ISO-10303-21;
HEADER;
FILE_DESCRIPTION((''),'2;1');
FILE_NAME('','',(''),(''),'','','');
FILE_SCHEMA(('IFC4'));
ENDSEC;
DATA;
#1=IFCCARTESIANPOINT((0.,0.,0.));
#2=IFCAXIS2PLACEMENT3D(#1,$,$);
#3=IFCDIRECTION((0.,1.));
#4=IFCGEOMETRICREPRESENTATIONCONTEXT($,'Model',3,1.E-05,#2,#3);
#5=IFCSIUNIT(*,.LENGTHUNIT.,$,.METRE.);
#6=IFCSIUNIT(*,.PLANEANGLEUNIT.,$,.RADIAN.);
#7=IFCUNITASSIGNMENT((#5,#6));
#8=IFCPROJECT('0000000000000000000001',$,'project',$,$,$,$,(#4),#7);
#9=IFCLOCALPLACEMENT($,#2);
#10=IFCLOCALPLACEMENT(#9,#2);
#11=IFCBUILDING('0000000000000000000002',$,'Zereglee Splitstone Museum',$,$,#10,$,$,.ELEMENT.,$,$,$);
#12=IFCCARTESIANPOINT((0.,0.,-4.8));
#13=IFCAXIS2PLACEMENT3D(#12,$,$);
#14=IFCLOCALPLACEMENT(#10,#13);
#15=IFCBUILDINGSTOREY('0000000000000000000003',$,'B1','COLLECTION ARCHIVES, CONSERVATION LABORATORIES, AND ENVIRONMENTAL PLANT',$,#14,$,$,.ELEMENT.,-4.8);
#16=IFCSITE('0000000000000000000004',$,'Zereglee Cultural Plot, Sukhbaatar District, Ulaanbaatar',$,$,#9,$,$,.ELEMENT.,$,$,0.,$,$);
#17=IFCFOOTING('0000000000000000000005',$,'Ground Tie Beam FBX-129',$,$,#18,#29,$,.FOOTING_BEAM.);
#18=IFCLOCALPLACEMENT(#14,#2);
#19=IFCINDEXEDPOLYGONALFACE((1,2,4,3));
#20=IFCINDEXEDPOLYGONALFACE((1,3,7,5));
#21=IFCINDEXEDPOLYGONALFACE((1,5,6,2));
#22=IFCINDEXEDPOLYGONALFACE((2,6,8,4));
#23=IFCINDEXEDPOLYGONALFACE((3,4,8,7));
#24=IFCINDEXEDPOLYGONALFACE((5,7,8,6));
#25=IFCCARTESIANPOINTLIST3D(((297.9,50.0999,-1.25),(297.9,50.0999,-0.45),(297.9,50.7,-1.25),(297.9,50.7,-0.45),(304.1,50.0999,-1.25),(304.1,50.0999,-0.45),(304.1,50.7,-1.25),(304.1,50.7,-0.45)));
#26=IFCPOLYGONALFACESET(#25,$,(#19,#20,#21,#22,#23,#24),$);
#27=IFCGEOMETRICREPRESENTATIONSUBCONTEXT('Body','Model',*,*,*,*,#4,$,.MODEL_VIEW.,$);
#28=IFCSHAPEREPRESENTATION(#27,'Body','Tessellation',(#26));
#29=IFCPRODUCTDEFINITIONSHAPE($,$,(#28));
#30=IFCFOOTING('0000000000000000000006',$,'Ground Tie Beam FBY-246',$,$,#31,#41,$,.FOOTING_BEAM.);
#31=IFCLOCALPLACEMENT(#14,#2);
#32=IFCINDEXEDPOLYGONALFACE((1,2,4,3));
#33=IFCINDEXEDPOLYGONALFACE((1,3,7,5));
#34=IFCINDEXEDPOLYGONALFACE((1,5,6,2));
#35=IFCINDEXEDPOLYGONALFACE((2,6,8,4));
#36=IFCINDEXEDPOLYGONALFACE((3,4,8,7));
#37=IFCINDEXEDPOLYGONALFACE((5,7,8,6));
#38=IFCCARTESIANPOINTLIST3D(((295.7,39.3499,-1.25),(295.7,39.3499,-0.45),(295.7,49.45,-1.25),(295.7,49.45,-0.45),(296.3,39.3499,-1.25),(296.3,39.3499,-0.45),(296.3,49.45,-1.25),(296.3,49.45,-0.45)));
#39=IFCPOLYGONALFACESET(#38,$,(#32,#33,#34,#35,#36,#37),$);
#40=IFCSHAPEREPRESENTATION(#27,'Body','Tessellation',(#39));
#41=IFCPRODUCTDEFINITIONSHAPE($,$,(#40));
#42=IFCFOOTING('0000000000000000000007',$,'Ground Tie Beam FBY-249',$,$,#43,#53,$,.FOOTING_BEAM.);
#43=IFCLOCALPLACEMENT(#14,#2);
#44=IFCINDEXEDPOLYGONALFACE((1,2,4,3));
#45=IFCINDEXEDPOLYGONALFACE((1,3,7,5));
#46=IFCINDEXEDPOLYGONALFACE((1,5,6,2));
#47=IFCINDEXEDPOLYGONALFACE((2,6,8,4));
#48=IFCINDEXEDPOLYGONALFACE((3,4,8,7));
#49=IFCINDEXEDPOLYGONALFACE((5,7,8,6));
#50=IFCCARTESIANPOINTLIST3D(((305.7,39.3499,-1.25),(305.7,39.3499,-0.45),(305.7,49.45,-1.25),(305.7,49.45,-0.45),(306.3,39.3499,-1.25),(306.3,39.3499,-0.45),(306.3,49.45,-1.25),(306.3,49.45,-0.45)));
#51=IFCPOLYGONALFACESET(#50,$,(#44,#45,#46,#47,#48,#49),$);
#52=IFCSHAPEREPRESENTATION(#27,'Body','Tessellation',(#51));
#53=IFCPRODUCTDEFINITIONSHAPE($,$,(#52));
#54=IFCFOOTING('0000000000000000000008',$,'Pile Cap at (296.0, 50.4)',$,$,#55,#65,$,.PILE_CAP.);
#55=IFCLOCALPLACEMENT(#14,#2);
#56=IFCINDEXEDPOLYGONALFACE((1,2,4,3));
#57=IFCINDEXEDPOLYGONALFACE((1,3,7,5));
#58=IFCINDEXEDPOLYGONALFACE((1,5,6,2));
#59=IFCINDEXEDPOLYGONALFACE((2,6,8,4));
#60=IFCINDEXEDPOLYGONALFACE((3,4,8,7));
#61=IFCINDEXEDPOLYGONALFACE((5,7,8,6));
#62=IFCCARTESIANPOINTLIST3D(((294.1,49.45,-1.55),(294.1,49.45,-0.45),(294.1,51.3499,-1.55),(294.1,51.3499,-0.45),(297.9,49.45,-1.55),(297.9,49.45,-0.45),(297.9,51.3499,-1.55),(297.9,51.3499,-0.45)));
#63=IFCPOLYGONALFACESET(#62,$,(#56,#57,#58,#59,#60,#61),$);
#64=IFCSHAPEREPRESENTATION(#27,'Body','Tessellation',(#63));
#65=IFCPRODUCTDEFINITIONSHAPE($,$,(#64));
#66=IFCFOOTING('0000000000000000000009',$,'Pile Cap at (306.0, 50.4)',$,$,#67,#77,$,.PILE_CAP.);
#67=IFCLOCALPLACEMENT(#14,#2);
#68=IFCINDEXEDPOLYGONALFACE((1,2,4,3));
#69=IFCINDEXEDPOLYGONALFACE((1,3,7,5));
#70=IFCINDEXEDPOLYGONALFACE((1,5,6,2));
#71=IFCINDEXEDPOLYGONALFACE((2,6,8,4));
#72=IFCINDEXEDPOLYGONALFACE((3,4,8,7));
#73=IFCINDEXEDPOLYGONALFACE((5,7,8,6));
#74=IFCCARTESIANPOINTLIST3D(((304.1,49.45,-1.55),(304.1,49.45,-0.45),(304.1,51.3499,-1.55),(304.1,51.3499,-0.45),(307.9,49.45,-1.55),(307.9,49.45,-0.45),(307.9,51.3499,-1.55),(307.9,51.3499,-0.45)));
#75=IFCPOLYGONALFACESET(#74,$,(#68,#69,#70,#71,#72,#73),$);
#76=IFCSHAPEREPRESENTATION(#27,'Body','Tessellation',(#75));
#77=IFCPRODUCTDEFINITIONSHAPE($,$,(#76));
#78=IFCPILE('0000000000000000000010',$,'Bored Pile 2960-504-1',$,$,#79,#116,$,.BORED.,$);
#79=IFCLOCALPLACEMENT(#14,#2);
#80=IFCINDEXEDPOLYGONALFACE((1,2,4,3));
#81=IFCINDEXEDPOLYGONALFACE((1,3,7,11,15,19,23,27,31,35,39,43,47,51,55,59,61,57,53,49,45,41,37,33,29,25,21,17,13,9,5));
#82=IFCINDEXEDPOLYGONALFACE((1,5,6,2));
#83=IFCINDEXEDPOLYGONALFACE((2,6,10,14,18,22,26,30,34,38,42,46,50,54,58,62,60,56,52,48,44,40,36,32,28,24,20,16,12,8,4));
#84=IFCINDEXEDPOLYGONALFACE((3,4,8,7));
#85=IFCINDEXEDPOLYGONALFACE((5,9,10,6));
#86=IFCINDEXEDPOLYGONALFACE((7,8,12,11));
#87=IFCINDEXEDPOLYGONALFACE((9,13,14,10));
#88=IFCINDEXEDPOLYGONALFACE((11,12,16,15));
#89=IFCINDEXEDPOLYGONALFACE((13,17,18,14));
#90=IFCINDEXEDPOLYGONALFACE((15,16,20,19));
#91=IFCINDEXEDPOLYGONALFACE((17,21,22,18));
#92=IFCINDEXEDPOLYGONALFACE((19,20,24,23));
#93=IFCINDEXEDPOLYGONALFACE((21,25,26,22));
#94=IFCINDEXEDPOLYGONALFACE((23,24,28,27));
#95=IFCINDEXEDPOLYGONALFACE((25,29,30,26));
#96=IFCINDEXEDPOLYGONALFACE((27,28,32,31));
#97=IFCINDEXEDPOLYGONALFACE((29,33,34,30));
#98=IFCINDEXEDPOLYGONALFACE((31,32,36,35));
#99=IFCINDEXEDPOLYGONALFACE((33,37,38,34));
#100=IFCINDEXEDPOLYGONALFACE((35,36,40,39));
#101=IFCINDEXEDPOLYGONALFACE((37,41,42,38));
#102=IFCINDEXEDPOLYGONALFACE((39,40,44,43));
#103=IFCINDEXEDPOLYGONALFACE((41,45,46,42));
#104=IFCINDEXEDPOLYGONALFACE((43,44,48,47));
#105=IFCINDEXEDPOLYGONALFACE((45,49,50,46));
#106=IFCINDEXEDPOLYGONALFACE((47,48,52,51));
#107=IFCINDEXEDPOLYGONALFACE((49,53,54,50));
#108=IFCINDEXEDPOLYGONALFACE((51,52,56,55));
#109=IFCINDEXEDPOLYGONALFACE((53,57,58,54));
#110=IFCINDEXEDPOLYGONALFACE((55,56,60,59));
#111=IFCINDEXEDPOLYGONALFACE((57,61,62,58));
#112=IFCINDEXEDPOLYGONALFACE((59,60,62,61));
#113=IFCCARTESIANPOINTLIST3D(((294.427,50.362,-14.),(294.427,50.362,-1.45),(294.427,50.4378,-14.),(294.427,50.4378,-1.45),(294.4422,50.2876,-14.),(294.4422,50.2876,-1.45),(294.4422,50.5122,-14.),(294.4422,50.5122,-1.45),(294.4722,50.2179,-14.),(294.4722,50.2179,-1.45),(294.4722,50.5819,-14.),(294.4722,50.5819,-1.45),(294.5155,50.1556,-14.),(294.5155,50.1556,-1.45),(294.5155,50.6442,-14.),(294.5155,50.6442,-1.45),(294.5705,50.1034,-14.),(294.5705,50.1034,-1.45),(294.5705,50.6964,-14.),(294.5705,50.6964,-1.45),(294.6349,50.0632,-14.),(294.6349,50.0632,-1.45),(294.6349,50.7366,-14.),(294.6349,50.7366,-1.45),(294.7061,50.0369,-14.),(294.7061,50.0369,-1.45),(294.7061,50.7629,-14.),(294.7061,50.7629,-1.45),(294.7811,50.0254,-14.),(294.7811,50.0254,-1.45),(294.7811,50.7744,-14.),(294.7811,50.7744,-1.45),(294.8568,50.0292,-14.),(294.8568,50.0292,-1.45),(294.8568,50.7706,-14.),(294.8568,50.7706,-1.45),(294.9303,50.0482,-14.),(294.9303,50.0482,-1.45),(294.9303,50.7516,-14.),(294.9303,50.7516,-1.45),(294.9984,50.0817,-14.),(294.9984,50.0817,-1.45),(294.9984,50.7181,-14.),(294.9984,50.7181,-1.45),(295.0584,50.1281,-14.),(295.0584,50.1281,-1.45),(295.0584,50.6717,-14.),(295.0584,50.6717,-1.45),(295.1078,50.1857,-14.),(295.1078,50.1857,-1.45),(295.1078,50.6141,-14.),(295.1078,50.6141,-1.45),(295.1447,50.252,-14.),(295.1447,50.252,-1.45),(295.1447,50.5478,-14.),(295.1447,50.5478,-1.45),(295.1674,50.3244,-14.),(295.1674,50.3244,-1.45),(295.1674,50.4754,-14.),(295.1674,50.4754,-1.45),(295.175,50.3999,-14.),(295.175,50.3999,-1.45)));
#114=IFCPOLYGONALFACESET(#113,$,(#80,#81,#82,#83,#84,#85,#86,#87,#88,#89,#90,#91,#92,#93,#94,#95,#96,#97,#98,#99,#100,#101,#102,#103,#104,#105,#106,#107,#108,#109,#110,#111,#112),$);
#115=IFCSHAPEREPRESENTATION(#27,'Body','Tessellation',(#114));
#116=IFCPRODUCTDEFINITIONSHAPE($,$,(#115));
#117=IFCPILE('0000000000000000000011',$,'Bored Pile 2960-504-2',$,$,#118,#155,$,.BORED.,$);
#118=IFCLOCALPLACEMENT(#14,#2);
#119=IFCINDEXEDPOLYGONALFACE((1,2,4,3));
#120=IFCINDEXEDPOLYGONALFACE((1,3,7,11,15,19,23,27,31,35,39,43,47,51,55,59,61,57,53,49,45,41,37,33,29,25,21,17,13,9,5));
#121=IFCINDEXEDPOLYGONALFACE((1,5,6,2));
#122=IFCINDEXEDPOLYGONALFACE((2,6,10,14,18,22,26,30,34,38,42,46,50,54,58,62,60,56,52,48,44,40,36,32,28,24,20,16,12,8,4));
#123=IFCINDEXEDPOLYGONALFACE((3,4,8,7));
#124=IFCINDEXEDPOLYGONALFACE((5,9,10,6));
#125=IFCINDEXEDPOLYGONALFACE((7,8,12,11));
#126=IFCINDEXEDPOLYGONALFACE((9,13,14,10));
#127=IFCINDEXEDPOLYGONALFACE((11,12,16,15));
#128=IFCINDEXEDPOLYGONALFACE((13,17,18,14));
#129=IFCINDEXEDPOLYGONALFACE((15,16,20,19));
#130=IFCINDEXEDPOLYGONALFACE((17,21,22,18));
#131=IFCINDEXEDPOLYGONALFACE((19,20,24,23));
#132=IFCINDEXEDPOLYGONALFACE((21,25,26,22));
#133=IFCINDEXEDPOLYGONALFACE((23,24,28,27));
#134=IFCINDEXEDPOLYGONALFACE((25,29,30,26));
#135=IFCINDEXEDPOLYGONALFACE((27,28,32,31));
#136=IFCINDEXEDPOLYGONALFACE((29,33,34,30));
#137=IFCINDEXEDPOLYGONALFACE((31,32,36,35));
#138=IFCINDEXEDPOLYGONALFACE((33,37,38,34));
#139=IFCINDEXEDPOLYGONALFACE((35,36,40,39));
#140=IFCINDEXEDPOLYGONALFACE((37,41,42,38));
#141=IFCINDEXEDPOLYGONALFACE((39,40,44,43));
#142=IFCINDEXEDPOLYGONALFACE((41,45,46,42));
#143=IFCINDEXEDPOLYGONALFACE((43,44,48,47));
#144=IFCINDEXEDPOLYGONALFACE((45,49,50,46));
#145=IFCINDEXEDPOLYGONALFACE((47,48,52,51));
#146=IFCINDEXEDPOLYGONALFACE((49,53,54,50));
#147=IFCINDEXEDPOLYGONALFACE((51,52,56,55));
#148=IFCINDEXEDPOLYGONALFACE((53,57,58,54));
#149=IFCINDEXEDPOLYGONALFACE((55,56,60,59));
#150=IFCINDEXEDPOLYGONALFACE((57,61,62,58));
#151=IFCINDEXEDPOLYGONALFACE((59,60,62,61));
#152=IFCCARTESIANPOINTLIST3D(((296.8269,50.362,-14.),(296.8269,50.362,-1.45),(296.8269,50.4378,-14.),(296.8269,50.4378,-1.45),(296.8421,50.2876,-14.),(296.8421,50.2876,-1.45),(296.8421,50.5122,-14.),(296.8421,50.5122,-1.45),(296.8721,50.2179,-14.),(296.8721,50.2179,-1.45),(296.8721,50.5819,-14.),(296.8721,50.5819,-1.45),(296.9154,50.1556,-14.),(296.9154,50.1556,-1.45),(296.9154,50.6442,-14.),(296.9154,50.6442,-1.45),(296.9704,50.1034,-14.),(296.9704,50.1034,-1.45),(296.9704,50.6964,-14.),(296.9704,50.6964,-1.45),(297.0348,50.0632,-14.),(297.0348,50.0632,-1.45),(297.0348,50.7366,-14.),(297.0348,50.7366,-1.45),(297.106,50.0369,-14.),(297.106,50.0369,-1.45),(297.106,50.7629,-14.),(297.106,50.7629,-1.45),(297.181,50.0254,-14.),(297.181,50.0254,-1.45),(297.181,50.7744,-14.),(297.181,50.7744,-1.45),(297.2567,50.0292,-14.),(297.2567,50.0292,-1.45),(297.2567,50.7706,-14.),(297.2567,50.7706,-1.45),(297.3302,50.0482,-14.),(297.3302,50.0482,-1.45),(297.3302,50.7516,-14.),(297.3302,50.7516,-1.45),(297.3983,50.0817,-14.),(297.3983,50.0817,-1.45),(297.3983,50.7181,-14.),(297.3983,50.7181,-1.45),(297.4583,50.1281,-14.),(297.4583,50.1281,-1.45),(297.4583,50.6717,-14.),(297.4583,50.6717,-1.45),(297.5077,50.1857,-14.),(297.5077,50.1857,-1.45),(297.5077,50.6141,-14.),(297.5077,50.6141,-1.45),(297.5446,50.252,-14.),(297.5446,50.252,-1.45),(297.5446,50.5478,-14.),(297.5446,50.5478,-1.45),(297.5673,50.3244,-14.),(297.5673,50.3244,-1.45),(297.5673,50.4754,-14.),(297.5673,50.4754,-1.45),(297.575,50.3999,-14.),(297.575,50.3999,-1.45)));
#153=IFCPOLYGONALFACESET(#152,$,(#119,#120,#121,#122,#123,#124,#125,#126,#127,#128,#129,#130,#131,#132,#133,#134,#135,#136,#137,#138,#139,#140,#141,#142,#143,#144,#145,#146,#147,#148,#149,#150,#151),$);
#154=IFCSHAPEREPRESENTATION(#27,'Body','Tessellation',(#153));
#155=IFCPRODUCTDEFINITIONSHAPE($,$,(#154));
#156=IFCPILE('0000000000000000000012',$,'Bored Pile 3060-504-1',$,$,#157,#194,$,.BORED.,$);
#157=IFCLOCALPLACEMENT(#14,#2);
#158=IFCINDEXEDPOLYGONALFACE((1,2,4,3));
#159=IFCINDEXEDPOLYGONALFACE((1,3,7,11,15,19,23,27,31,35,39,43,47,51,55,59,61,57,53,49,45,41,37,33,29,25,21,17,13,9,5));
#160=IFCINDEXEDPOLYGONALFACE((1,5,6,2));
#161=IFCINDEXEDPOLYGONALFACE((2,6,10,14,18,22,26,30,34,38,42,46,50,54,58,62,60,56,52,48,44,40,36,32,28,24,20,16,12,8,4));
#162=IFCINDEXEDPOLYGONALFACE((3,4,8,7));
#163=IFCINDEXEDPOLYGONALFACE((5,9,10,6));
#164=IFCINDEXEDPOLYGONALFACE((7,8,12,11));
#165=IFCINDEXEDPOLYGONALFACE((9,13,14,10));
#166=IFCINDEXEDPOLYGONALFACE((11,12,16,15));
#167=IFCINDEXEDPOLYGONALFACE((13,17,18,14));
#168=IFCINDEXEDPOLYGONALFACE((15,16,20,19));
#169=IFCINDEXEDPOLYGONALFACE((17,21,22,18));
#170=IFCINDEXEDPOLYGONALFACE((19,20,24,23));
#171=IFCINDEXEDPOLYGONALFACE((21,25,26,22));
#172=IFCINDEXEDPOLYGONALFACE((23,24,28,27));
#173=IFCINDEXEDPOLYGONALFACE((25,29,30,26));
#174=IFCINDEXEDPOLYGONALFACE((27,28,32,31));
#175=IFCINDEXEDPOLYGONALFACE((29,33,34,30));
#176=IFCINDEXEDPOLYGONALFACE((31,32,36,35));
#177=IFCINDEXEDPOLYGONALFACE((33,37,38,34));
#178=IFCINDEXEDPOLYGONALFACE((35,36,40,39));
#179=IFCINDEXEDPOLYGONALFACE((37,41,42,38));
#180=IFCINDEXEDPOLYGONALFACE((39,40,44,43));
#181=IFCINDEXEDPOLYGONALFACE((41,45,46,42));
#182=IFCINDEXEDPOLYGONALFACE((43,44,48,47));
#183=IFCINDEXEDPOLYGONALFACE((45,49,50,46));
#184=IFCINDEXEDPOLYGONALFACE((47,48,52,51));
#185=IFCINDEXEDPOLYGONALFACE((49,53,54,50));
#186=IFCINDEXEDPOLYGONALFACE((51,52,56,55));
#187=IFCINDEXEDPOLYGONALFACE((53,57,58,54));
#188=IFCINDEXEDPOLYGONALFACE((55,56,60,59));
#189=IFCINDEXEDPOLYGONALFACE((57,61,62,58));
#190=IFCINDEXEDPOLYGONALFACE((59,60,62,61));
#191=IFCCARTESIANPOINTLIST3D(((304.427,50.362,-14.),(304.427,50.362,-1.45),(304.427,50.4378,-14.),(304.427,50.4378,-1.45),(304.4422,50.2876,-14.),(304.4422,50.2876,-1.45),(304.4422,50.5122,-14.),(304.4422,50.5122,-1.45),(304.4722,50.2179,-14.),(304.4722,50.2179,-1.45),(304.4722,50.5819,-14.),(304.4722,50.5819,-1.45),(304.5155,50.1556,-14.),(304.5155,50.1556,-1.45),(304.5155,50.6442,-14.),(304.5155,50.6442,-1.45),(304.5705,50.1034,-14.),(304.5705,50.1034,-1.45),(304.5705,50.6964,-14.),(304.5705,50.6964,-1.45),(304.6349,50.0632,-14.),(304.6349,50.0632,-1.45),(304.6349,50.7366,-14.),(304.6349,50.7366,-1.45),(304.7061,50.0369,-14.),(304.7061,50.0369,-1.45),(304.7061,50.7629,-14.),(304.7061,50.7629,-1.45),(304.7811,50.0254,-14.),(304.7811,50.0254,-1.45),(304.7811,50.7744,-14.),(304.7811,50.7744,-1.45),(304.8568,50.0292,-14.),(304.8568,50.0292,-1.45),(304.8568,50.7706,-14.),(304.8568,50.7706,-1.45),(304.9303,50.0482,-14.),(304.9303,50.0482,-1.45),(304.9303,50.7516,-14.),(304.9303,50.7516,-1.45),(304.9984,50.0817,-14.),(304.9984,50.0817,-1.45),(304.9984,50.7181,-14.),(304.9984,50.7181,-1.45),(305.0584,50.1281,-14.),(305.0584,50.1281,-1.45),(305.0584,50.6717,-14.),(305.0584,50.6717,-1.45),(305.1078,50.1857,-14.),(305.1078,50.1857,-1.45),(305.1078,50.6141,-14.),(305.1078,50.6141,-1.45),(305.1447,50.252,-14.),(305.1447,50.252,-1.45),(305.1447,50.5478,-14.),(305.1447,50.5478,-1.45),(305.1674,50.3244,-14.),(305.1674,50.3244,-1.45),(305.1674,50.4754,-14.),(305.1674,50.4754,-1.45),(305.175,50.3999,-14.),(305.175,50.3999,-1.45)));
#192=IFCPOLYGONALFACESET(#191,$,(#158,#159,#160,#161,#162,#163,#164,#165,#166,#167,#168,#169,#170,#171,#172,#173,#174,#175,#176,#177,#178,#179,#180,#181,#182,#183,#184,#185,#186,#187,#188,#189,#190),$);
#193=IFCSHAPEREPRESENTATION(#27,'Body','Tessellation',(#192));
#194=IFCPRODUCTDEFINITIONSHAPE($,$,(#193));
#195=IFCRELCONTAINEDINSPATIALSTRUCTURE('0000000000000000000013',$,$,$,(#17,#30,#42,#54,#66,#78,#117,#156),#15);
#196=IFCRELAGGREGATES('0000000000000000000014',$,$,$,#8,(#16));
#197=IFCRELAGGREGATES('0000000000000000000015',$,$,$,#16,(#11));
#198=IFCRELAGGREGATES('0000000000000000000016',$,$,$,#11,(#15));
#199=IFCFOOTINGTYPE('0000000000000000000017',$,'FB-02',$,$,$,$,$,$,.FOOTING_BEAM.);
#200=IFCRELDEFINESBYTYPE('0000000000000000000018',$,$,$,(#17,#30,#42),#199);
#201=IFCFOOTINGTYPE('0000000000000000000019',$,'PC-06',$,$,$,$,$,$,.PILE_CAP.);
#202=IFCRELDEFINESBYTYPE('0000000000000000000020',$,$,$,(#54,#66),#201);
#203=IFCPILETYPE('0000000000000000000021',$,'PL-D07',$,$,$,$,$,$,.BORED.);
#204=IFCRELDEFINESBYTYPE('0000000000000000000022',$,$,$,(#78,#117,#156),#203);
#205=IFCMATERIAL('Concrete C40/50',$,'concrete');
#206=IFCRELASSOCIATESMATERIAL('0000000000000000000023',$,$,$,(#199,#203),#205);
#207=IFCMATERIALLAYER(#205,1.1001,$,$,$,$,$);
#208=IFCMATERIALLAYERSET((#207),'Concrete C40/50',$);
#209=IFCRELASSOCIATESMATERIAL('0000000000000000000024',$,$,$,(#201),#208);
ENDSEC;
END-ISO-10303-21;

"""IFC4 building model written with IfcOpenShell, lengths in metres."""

from ifc_helpers import new_model, si_unit, direction, frame, origin, origin_2d, place, context, subcontext, project, spatial, rectangle, circle, extrude, material, layer, layer_set, material_profile, profile_set, type_object, element, save


model = new_model("IFC4")

# Units and contexts
model_context = context("Model", 3, precision=1e-05, world=origin(), true_north=direction((0.0, 1.0)))
body_context = subcontext(model_context, "Body", "Model", "MODEL_VIEW")
ifc_project = project(units=[si_unit("LENGTHUNIT", "METRE"), si_unit("PLANEANGLEUNIT", "RADIAN")], contexts=[model_context])

# Site, building, storey
site_placement = place(None, origin())
site = spatial("IfcSite", under=ifc_project, at=site_placement, Name="Zereglee Cultural Plot, Sukhbaatar District, Ulaanbaatar", CompositionType="ELEMENT", RefElevation=0.0)
building_placement = place(site_placement, origin())
building = spatial("IfcBuilding", under=site, at=building_placement, Name="Zereglee Splitstone Museum", CompositionType="ELEMENT")
storey_placement = place(building_placement, frame((0.0, 0.0, -4.8)))
storey = spatial("IfcBuildingStorey", under=building, at=storey_placement, Name="B1", Description="COLLECTION ARCHIVES, CONSERVATION LABORATORIES, AND ENVIRONMENTAL PLANT", CompositionType="ELEMENT", Elevation=-4.8)

# Footings
ifc_material_1 = material(Name="Concrete C40/50", Category="concrete")
footing_type_1 = type_object("IfcFootingType", Name="FB-02", PredefinedType="FOOTING_BEAM", material=ifc_material_1)
footing_placement = place(storey_placement, frame((301.0, 50.3999, -1.25), z_axis=(0.0, 0.0, 1.0), x_axis=(1.0, 0.0, 0.0)))
element("IfcFooting", 1, at=footing_placement, inside=storey, type_object=footing_type_1, Name="Ground Tie Beam FBX-129", PredefinedType="FOOTING_BEAM", context=body_context, shape_type="SweptSolid", body=[
    extrude(rectangle(XDim=6.2, YDim=0.6001, at=origin_2d()), origin(), (0.0, 0.0, 1.0), 0.8),
])
for number, where, z_axis, x_axis, name in (
    (2, (296.0, 44.3999, -1.25), (0.0, 0.0, 1.0), (0.0, 1.0, 0.0), "Ground Tie Beam FBY-246"),
    (3, (306.0, 44.3999, -1.25), (0.0, 0.0, 1.0), (0.0, 1.0, 0.0), "Ground Tie Beam FBY-249"),
):
    element("IfcFooting", number, at=place(storey_placement, frame(where, z_axis=z_axis, x_axis=x_axis)), inside=storey, type_object=footing_type_1, Name=name, PredefinedType="FOOTING_BEAM", context=body_context, shape_type="SweptSolid", body=[
        extrude(rectangle(XDim=10.1001, YDim=0.6001, at=origin_2d()), origin(), (0.0, 0.0, 1.0), 0.8),
    ])
ifc_layer_1 = layer(ifc_material_1, 1.1001)
ifc_layer_set_1 = layer_set([ifc_layer_1], Name="Concrete C40/50")
footing_type_2 = type_object("IfcFootingType", Name="PC-06", PredefinedType="PILE_CAP", material=ifc_layer_set_1)
for number, where, z_axis, x_axis, name in (
    (4, (296.0, 50.3999, -1.55), (0.0, 0.0, 1.0), (1.0, 0.0, 0.0), "Pile Cap at (296.0, 50.4)"),
    (5, (306.0, 50.3999, -1.55), (0.0, 0.0, 1.0), (1.0, 0.0, 0.0), "Pile Cap at (306.0, 50.4)"),
):
    element("IfcFooting", number, at=place(storey_placement, frame(where, z_axis=z_axis, x_axis=x_axis)), inside=storey, type_object=footing_type_2, Name=name, PredefinedType="PILE_CAP", context=body_context, shape_type="SweptSolid", body=[
        extrude(rectangle(XDim=3.8, YDim=1.8999, at=origin_2d()), origin(), (0.0, 0.0, 1.0), 1.1001),
    ])

# Piles
ifc_material_profile_1 = material_profile(ifc_material_1, circle(Radius=0.375, at=origin_2d()), Name="PILE D750")
ifc_profile_set_1 = profile_set([ifc_material_profile_1], Name="Concrete C40/50")
pile_type = type_object("IfcPileType", Name="PL-D07", PredefinedType="BORED", material=ifc_profile_set_1)
for number, where, z_axis, x_axis, name in (
    (6, (294.8, 50.3999, -1.45), (0.0, 0.0, -1.0), (1.0, 0.0, 0.0), "Bored Pile 2960-504-1"),
    (7, (297.2, 50.3999, -1.45), (0.0, 0.0, -1.0), (1.0, 0.0, 0.0), "Bored Pile 2960-504-2"),
    (8, (304.8, 50.3999, -1.45), (0.0, 0.0, -1.0), (1.0, 0.0, 0.0), "Bored Pile 3060-504-1"),
):
    element("IfcPile", number, at=place(storey_placement, frame(where, z_axis=z_axis, x_axis=x_axis)), inside=storey, type_object=pile_type, Name=name, PredefinedType="BORED", context=body_context, shape_type="SweptSolid", body=[
        extrude(circle(Radius=0.375, at=origin_2d()), origin(), (0.0, 0.0, 1.0), 12.55),
    ])

save(model, "model.ifc")
